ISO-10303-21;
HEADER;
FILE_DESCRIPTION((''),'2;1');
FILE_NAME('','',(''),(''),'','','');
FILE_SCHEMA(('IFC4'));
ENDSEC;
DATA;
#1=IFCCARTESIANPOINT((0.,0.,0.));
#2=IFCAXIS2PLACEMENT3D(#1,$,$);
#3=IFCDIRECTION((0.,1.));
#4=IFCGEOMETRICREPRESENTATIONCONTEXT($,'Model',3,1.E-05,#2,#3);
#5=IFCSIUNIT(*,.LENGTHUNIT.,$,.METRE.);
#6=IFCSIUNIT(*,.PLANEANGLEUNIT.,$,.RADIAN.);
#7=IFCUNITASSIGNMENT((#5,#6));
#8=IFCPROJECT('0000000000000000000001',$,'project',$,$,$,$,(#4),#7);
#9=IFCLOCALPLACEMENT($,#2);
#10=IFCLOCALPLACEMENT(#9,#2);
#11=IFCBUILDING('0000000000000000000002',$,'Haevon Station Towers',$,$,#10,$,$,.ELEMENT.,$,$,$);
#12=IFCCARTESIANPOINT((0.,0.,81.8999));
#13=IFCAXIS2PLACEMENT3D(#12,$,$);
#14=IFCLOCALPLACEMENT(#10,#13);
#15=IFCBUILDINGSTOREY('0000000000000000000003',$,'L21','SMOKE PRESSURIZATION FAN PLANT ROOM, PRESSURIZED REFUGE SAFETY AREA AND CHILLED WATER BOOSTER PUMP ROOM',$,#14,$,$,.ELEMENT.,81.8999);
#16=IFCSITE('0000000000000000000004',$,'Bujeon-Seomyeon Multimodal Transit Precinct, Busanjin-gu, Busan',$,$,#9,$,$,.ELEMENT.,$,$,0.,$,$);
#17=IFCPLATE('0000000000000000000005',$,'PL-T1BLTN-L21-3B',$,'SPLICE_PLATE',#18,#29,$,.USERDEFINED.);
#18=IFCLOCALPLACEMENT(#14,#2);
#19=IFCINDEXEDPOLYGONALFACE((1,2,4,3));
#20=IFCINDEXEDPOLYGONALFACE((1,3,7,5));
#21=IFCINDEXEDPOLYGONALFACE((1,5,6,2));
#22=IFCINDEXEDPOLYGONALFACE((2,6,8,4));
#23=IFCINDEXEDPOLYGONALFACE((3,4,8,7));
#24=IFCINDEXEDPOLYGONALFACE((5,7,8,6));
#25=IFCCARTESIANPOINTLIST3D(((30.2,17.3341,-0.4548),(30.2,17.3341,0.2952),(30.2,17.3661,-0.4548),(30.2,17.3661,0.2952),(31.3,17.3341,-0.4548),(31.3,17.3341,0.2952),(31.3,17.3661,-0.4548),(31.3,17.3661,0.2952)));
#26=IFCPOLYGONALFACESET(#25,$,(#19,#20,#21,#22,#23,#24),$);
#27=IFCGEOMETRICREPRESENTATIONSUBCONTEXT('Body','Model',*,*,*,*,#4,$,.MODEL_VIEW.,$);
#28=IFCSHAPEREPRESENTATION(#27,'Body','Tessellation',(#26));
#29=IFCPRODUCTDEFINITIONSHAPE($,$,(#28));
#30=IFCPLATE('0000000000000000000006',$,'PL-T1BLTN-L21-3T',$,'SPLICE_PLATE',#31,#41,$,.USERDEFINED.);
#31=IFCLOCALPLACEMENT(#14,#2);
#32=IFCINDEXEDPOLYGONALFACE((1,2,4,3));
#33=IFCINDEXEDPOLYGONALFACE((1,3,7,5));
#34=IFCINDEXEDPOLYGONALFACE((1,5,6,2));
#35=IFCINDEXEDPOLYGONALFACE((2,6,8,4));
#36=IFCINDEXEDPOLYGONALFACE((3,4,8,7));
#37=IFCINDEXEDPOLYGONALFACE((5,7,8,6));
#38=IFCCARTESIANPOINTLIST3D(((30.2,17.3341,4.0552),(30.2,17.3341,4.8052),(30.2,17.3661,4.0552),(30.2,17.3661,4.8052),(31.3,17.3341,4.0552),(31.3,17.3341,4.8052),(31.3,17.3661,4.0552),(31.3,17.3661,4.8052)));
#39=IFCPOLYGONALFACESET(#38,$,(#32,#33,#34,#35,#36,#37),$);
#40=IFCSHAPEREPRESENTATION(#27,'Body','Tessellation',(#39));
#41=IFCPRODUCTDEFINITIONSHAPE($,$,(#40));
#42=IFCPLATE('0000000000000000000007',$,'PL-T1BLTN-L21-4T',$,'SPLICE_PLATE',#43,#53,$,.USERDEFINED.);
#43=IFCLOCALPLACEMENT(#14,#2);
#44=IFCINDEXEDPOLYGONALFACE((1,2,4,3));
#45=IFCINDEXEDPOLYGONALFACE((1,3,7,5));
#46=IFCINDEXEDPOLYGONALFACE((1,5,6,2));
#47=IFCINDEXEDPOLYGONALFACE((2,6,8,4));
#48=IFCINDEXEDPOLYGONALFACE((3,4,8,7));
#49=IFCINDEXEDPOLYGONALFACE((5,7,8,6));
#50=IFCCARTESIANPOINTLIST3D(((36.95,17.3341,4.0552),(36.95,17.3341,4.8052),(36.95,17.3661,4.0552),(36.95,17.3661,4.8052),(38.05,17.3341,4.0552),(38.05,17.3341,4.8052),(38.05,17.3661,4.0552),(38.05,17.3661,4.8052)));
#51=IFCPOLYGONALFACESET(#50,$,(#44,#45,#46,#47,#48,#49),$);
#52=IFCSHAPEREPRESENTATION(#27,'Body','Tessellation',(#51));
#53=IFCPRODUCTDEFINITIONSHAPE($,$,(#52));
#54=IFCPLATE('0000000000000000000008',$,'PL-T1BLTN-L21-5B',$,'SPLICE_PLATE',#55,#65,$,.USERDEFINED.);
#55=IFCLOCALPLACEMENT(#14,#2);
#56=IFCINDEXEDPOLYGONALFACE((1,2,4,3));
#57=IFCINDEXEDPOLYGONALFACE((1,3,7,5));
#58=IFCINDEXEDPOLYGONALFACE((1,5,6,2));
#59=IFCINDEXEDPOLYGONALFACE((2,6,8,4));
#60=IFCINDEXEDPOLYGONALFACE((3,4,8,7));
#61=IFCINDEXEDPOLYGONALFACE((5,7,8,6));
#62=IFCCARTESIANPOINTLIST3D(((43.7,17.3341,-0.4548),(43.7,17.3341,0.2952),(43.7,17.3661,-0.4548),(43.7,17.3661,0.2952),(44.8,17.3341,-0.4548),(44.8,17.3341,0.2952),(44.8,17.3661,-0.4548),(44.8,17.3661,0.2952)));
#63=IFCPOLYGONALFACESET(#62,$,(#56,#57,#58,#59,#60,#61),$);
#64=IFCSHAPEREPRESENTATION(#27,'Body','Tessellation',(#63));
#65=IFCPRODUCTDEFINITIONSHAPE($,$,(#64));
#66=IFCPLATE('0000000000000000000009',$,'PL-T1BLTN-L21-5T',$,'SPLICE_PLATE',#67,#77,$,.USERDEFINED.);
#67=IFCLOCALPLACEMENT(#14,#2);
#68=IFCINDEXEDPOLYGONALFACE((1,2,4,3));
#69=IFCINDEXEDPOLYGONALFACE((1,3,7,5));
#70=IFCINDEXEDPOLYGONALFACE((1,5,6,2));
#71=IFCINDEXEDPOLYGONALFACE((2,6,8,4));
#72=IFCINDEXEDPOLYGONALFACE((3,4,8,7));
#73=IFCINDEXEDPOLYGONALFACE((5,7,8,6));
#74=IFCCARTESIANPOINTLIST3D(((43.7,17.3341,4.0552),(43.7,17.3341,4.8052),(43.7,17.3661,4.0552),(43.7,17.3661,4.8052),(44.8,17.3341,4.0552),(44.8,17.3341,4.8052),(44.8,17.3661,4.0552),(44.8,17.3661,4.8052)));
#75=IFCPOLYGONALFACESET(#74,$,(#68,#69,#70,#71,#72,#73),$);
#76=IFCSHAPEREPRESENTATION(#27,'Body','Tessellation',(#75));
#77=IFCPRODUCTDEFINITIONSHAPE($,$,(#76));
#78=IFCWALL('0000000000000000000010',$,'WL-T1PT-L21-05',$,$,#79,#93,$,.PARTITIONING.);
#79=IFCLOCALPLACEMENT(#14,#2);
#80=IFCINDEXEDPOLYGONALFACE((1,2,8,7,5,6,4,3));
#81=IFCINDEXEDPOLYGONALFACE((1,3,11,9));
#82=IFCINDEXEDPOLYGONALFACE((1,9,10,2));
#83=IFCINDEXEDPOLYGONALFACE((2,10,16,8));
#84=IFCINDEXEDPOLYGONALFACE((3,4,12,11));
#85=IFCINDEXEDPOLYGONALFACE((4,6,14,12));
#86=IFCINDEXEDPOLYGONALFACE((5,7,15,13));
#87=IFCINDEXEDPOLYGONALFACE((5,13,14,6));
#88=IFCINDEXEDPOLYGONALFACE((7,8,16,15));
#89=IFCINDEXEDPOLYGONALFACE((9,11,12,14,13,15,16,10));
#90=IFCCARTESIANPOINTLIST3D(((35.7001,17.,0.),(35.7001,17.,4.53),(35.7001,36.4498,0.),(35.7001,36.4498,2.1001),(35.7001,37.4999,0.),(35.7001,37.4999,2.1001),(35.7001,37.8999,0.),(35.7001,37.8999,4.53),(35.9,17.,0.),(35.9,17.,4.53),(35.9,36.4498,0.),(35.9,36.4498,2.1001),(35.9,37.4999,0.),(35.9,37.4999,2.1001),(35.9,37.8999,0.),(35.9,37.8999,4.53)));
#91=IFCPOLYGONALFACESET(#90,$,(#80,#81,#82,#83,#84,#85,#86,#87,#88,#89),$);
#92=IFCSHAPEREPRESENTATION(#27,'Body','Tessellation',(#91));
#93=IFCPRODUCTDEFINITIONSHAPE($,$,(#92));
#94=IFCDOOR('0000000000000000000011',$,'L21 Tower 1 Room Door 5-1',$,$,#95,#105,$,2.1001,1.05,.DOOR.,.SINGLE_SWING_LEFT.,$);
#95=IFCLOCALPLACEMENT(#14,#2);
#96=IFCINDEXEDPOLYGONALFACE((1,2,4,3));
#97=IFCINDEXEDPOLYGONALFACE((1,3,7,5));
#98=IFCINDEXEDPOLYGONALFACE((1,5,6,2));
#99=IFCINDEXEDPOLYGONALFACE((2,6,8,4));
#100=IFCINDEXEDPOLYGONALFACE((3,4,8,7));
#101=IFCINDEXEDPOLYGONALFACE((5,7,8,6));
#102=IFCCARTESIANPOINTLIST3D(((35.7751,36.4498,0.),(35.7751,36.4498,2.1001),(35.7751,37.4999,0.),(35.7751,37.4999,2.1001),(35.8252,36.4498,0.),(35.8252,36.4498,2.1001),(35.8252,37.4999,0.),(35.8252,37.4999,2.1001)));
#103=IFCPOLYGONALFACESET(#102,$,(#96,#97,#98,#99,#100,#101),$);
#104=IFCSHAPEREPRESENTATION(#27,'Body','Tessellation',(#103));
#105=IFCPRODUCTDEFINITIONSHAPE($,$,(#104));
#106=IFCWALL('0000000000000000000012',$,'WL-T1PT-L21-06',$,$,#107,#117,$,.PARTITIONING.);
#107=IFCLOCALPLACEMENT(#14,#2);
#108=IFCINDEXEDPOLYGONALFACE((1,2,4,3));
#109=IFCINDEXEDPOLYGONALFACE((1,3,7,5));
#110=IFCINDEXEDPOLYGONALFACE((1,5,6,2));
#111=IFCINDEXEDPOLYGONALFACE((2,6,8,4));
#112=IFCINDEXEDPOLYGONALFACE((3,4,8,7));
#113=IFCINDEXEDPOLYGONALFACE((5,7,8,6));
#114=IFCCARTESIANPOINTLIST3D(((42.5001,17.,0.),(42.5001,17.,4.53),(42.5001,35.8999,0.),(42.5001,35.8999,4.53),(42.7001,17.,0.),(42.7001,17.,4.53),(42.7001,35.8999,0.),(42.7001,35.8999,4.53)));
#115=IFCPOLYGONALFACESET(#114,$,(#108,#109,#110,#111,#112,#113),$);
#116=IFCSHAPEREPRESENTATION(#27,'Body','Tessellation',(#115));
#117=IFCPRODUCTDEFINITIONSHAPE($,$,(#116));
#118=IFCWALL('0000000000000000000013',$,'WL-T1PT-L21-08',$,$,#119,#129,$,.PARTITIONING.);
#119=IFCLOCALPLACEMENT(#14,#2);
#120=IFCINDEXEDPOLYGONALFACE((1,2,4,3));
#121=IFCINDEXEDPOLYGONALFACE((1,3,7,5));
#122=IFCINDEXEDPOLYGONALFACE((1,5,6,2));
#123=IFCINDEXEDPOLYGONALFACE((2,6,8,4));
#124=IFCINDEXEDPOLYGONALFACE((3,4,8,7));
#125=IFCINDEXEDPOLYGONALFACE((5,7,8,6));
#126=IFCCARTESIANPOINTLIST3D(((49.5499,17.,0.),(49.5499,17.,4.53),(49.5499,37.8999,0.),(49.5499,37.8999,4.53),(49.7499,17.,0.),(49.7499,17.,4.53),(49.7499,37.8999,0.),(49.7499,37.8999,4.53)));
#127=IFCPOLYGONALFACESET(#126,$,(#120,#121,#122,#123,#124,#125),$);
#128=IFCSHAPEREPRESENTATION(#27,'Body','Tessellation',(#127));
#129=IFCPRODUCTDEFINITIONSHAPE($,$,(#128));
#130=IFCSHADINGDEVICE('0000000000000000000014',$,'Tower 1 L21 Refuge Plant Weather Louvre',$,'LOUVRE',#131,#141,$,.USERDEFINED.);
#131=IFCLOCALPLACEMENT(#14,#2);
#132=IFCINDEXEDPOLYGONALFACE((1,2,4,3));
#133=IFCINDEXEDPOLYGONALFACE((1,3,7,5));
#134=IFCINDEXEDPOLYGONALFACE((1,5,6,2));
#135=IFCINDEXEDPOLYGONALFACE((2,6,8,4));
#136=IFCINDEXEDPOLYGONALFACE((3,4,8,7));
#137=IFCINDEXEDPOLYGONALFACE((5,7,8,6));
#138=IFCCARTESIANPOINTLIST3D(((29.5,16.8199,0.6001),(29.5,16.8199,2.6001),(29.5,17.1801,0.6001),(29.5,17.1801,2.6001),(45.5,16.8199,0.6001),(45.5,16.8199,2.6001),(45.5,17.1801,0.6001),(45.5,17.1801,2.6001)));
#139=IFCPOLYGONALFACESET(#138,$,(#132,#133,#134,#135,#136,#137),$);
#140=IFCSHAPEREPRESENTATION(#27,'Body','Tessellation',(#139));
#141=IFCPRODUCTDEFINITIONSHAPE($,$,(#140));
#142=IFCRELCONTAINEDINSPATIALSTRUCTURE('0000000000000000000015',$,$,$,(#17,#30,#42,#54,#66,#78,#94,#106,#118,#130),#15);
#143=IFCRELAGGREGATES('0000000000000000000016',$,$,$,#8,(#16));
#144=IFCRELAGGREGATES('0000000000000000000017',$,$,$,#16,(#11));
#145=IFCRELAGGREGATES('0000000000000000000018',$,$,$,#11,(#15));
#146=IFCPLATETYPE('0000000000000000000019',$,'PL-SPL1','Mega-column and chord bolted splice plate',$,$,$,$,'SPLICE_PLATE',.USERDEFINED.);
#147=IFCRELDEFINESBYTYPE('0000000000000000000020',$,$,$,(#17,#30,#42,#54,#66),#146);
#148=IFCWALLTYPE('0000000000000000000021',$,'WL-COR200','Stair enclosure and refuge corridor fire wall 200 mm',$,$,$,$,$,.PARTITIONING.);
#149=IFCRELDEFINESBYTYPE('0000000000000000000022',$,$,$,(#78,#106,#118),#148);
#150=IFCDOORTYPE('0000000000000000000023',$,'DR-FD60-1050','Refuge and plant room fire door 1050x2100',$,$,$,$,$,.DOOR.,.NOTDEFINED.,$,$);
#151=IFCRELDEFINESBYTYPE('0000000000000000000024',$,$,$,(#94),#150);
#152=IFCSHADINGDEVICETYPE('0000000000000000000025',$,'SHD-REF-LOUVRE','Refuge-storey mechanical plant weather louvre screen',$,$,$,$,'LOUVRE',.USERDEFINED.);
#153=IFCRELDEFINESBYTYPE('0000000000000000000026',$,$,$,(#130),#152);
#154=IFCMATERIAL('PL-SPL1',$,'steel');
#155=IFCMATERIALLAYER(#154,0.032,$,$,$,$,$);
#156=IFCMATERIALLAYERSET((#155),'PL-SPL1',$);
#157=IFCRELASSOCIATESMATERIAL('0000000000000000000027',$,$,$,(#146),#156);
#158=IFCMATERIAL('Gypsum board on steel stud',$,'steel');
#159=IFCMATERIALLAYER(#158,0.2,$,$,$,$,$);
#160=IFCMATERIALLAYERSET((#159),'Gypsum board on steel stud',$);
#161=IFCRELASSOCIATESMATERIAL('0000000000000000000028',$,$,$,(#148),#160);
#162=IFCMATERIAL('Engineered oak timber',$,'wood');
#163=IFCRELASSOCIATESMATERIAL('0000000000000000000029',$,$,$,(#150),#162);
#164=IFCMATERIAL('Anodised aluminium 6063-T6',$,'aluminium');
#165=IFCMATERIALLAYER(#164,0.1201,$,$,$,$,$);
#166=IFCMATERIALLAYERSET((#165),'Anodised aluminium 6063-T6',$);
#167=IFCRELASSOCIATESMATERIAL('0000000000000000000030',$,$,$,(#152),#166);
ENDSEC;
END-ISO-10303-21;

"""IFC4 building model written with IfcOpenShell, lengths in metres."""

from ifc_helpers import new_model, si_unit, direction, frame, frame_2d, origin, origin_2d, place, context, subcontext, project, spatial, rectangle, extrude, material, layer, layer_set, type_object, element, fill, save


model = new_model("IFC4")

# Units and contexts
model_context = context("Model", 3, precision=1e-05, world=origin(), true_north=direction((0.0, 1.0)))
body_context = subcontext(model_context, "Body", "Model", "MODEL_VIEW")
ifc_project = project(units=[si_unit("LENGTHUNIT", "METRE"), si_unit("PLANEANGLEUNIT", "RADIAN")], contexts=[model_context])

# Site, building, storey
site_placement = place(None, origin())
site = spatial("IfcSite", under=ifc_project, at=site_placement, Name="Bujeon-Seomyeon Multimodal Transit Precinct, Busanjin-gu, Busan", CompositionType="ELEMENT", RefElevation=0.0)
building_placement = place(site_placement, origin())
building = spatial("IfcBuilding", under=site, at=building_placement, Name="Haevon Station Towers", CompositionType="ELEMENT")
storey_placement = place(building_placement, frame((0.0, 0.0, 81.8999)))
storey = spatial("IfcBuildingStorey", under=building, at=storey_placement, Name="L21", Description="SMOKE PRESSURIZATION FAN PLANT ROOM, PRESSURIZED REFUGE SAFETY AREA AND CHILLED WATER BOOSTER PUMP ROOM", CompositionType="ELEMENT", Elevation=81.8999)

# Plates
ifc_material_1 = material(Name="PL-SPL1", Category="steel")
ifc_layer_1 = layer(ifc_material_1, 0.032)
ifc_layer_set_1 = layer_set([ifc_layer_1], Name="PL-SPL1")
plate_type_1 = type_object("IfcPlateType", Name="PL-SPL1", Description="Mega-column and chord bolted splice plate", ElementType="SPLICE_PLATE", PredefinedType="USERDEFINED", material=ifc_layer_set_1)
for number, where, z_axis, x_axis, name in (
    (1, (30.75, 17.3501, -0.4548), (0.0, 0.0, 1.0), (1.0, 0.0, 0.0), "PL-T1BLTN-L21-3B"),
    (2, (30.75, 17.3501, 4.0552), (0.0, 0.0, 1.0), (1.0, 0.0, 0.0), "PL-T1BLTN-L21-3T"),
    (3, (37.5, 17.3501, 4.0552), (0.0, 0.0, 1.0), (1.0, 0.0, 0.0), "PL-T1BLTN-L21-4T"),
    (4, (44.25, 17.3501, -0.4548), (0.0, 0.0, 1.0), (1.0, 0.0, 0.0), "PL-T1BLTN-L21-5B"),
    (5, (44.25, 17.3501, 4.0552), (0.0, 0.0, 1.0), (1.0, 0.0, 0.0), "PL-T1BLTN-L21-5T"),
):
    element("IfcPlate", number, at=place(storey_placement, frame(where, z_axis=z_axis, x_axis=x_axis)), inside=storey, type_object=plate_type_1, Name=name, ObjectType="SPLICE_PLATE", PredefinedType="USERDEFINED", context=body_context, shape_type="SweptSolid", body=[
        extrude(rectangle(XDim=1.1001, YDim=0.032, at=origin_2d()), origin(), (0.0, 0.0, 1.0), 0.75),
    ])

# Wall, opening, door
ifc_material_2 = material(Name="Gypsum board on steel stud", Category="steel")
ifc_layer_2 = layer(ifc_material_2, 0.2)
ifc_layer_set_2 = layer_set([ifc_layer_2], Name="Gypsum board on steel stud")
wall_type = type_object("IfcWallType", Name="WL-COR200", Description="Stair enclosure and refuge corridor fire wall 200 mm", PredefinedType="PARTITIONING", material=ifc_layer_set_2)
wall_1_placement = place(storey_placement, frame((35.8, 17.0, 0.0), z_axis=(0.0, 0.0, 1.0), x_axis=(0.0, 1.0, 0.0)))
wall_1 = element("IfcWall", 6, at=wall_1_placement, inside=storey, type_object=wall_type, Name="WL-T1PT-L21-05", PredefinedType="PARTITIONING", context=body_context, shape_type="SweptSolid", body=[
    extrude(rectangle(XDim=20.8999, YDim=0.2, at=frame_2d((10.45, 0.0))), origin(), (0.0, 0.0, 1.0), 4.53),
])
opening_placement = place(wall_1_placement, frame((19.45, 0.0, 0.0)))
opening = element("IfcOpeningElement", 7, at=opening_placement, cuts=wall_1, PredefinedType="OPENING", context=body_context, shape_type="SweptSolid", body=[
    extrude(rectangle(XDim=1.05, YDim=2.1001, at=frame_2d((0.5249, 1.05))), frame((0.0, 0.1099, 0.0), z_axis=(0.0, -1.0, 0.0), x_axis=(1.0, 0.0, 0.0)), (0.0, 0.0, 1.0), 0.22),
])
ifc_material_3 = material(Name="Engineered oak timber", Category="wood")
door_type = type_object("IfcDoorType", Name="DR-FD60-1050", Description="Refuge and plant room fire door 1050x2100", OperationType="NOTDEFINED", PredefinedType="DOOR", material=ifc_material_3)
door_placement = place(opening_placement, origin())
door = element("IfcDoor", 8, at=door_placement, inside=storey, type_object=door_type, Name="L21 Tower 1 Room Door 5-1", OperationType="SINGLE_SWING_LEFT", OverallHeight=2.1001, OverallWidth=1.05, PredefinedType="DOOR", context=body_context, shape_type="SweptSolid", body=[
    extrude(rectangle(XDim=1.05, YDim=2.1001, at=frame_2d((0.5249, 1.05))), frame((0.0, 0.0249, 0.0), z_axis=(0.0, -1.0, 0.0), x_axis=(1.0, 0.0, 0.0)), (0.0, 0.0, 1.0), 0.05),
])
fill(opening, door)

# Walls
wall_2_placement = place(storey_placement, frame((42.6001, 17.0, 0.0), z_axis=(0.0, 0.0, 1.0), x_axis=(0.0, 1.0, 0.0)))
element("IfcWall", 9, at=wall_2_placement, inside=storey, type_object=wall_type, Name="WL-T1PT-L21-06", PredefinedType="PARTITIONING", context=body_context, shape_type="SweptSolid", body=[
    extrude(rectangle(XDim=18.8999, YDim=0.2, at=frame_2d((9.45, 0.0))), origin(), (0.0, 0.0, 1.0), 4.53),
])
wall_3_placement = place(storey_placement, frame((49.6499, 17.0, 0.0), z_axis=(0.0, 0.0, 1.0), x_axis=(0.0, 1.0, 0.0)))
element("IfcWall", 10, at=wall_3_placement, inside=storey, type_object=wall_type, Name="WL-T1PT-L21-08", PredefinedType="PARTITIONING", context=body_context, shape_type="SweptSolid", body=[
    extrude(rectangle(XDim=20.8999, YDim=0.2, at=frame_2d((10.45, 0.0))), origin(), (0.0, 0.0, 1.0), 4.53),
])

# Shading device
ifc_material_4 = material(Name="Anodised aluminium 6063-T6", Category="aluminium")
ifc_layer_3 = layer(ifc_material_4, 0.1201)
ifc_layer_set_3 = layer_set([ifc_layer_3], Name="Anodised aluminium 6063-T6")
shading_device_type = type_object("IfcShadingDeviceType", Name="SHD-REF-LOUVRE", Description="Refuge-storey mechanical plant weather louvre screen", ElementType="LOUVRE", PredefinedType="USERDEFINED", material=ifc_layer_set_3)
shading_device_placement = place(storey_placement, frame((37.5, 17.0, 0.6001), z_axis=(0.0, 0.0, 1.0), x_axis=(1.0, 0.0, 0.0)))
element("IfcShadingDevice", 11, at=shading_device_placement, inside=storey, type_object=shading_device_type, Name="Tower 1 L21 Refuge Plant Weather Louvre", ObjectType="LOUVRE", PredefinedType="USERDEFINED", context=body_context, shape_type="SweptSolid", body=[
    extrude(rectangle(XDim=16.0, YDim=0.3601, at=origin_2d()), origin(), (0.0, 0.0, 1.0), 2.0),
])

save(model, "model.ifc")
